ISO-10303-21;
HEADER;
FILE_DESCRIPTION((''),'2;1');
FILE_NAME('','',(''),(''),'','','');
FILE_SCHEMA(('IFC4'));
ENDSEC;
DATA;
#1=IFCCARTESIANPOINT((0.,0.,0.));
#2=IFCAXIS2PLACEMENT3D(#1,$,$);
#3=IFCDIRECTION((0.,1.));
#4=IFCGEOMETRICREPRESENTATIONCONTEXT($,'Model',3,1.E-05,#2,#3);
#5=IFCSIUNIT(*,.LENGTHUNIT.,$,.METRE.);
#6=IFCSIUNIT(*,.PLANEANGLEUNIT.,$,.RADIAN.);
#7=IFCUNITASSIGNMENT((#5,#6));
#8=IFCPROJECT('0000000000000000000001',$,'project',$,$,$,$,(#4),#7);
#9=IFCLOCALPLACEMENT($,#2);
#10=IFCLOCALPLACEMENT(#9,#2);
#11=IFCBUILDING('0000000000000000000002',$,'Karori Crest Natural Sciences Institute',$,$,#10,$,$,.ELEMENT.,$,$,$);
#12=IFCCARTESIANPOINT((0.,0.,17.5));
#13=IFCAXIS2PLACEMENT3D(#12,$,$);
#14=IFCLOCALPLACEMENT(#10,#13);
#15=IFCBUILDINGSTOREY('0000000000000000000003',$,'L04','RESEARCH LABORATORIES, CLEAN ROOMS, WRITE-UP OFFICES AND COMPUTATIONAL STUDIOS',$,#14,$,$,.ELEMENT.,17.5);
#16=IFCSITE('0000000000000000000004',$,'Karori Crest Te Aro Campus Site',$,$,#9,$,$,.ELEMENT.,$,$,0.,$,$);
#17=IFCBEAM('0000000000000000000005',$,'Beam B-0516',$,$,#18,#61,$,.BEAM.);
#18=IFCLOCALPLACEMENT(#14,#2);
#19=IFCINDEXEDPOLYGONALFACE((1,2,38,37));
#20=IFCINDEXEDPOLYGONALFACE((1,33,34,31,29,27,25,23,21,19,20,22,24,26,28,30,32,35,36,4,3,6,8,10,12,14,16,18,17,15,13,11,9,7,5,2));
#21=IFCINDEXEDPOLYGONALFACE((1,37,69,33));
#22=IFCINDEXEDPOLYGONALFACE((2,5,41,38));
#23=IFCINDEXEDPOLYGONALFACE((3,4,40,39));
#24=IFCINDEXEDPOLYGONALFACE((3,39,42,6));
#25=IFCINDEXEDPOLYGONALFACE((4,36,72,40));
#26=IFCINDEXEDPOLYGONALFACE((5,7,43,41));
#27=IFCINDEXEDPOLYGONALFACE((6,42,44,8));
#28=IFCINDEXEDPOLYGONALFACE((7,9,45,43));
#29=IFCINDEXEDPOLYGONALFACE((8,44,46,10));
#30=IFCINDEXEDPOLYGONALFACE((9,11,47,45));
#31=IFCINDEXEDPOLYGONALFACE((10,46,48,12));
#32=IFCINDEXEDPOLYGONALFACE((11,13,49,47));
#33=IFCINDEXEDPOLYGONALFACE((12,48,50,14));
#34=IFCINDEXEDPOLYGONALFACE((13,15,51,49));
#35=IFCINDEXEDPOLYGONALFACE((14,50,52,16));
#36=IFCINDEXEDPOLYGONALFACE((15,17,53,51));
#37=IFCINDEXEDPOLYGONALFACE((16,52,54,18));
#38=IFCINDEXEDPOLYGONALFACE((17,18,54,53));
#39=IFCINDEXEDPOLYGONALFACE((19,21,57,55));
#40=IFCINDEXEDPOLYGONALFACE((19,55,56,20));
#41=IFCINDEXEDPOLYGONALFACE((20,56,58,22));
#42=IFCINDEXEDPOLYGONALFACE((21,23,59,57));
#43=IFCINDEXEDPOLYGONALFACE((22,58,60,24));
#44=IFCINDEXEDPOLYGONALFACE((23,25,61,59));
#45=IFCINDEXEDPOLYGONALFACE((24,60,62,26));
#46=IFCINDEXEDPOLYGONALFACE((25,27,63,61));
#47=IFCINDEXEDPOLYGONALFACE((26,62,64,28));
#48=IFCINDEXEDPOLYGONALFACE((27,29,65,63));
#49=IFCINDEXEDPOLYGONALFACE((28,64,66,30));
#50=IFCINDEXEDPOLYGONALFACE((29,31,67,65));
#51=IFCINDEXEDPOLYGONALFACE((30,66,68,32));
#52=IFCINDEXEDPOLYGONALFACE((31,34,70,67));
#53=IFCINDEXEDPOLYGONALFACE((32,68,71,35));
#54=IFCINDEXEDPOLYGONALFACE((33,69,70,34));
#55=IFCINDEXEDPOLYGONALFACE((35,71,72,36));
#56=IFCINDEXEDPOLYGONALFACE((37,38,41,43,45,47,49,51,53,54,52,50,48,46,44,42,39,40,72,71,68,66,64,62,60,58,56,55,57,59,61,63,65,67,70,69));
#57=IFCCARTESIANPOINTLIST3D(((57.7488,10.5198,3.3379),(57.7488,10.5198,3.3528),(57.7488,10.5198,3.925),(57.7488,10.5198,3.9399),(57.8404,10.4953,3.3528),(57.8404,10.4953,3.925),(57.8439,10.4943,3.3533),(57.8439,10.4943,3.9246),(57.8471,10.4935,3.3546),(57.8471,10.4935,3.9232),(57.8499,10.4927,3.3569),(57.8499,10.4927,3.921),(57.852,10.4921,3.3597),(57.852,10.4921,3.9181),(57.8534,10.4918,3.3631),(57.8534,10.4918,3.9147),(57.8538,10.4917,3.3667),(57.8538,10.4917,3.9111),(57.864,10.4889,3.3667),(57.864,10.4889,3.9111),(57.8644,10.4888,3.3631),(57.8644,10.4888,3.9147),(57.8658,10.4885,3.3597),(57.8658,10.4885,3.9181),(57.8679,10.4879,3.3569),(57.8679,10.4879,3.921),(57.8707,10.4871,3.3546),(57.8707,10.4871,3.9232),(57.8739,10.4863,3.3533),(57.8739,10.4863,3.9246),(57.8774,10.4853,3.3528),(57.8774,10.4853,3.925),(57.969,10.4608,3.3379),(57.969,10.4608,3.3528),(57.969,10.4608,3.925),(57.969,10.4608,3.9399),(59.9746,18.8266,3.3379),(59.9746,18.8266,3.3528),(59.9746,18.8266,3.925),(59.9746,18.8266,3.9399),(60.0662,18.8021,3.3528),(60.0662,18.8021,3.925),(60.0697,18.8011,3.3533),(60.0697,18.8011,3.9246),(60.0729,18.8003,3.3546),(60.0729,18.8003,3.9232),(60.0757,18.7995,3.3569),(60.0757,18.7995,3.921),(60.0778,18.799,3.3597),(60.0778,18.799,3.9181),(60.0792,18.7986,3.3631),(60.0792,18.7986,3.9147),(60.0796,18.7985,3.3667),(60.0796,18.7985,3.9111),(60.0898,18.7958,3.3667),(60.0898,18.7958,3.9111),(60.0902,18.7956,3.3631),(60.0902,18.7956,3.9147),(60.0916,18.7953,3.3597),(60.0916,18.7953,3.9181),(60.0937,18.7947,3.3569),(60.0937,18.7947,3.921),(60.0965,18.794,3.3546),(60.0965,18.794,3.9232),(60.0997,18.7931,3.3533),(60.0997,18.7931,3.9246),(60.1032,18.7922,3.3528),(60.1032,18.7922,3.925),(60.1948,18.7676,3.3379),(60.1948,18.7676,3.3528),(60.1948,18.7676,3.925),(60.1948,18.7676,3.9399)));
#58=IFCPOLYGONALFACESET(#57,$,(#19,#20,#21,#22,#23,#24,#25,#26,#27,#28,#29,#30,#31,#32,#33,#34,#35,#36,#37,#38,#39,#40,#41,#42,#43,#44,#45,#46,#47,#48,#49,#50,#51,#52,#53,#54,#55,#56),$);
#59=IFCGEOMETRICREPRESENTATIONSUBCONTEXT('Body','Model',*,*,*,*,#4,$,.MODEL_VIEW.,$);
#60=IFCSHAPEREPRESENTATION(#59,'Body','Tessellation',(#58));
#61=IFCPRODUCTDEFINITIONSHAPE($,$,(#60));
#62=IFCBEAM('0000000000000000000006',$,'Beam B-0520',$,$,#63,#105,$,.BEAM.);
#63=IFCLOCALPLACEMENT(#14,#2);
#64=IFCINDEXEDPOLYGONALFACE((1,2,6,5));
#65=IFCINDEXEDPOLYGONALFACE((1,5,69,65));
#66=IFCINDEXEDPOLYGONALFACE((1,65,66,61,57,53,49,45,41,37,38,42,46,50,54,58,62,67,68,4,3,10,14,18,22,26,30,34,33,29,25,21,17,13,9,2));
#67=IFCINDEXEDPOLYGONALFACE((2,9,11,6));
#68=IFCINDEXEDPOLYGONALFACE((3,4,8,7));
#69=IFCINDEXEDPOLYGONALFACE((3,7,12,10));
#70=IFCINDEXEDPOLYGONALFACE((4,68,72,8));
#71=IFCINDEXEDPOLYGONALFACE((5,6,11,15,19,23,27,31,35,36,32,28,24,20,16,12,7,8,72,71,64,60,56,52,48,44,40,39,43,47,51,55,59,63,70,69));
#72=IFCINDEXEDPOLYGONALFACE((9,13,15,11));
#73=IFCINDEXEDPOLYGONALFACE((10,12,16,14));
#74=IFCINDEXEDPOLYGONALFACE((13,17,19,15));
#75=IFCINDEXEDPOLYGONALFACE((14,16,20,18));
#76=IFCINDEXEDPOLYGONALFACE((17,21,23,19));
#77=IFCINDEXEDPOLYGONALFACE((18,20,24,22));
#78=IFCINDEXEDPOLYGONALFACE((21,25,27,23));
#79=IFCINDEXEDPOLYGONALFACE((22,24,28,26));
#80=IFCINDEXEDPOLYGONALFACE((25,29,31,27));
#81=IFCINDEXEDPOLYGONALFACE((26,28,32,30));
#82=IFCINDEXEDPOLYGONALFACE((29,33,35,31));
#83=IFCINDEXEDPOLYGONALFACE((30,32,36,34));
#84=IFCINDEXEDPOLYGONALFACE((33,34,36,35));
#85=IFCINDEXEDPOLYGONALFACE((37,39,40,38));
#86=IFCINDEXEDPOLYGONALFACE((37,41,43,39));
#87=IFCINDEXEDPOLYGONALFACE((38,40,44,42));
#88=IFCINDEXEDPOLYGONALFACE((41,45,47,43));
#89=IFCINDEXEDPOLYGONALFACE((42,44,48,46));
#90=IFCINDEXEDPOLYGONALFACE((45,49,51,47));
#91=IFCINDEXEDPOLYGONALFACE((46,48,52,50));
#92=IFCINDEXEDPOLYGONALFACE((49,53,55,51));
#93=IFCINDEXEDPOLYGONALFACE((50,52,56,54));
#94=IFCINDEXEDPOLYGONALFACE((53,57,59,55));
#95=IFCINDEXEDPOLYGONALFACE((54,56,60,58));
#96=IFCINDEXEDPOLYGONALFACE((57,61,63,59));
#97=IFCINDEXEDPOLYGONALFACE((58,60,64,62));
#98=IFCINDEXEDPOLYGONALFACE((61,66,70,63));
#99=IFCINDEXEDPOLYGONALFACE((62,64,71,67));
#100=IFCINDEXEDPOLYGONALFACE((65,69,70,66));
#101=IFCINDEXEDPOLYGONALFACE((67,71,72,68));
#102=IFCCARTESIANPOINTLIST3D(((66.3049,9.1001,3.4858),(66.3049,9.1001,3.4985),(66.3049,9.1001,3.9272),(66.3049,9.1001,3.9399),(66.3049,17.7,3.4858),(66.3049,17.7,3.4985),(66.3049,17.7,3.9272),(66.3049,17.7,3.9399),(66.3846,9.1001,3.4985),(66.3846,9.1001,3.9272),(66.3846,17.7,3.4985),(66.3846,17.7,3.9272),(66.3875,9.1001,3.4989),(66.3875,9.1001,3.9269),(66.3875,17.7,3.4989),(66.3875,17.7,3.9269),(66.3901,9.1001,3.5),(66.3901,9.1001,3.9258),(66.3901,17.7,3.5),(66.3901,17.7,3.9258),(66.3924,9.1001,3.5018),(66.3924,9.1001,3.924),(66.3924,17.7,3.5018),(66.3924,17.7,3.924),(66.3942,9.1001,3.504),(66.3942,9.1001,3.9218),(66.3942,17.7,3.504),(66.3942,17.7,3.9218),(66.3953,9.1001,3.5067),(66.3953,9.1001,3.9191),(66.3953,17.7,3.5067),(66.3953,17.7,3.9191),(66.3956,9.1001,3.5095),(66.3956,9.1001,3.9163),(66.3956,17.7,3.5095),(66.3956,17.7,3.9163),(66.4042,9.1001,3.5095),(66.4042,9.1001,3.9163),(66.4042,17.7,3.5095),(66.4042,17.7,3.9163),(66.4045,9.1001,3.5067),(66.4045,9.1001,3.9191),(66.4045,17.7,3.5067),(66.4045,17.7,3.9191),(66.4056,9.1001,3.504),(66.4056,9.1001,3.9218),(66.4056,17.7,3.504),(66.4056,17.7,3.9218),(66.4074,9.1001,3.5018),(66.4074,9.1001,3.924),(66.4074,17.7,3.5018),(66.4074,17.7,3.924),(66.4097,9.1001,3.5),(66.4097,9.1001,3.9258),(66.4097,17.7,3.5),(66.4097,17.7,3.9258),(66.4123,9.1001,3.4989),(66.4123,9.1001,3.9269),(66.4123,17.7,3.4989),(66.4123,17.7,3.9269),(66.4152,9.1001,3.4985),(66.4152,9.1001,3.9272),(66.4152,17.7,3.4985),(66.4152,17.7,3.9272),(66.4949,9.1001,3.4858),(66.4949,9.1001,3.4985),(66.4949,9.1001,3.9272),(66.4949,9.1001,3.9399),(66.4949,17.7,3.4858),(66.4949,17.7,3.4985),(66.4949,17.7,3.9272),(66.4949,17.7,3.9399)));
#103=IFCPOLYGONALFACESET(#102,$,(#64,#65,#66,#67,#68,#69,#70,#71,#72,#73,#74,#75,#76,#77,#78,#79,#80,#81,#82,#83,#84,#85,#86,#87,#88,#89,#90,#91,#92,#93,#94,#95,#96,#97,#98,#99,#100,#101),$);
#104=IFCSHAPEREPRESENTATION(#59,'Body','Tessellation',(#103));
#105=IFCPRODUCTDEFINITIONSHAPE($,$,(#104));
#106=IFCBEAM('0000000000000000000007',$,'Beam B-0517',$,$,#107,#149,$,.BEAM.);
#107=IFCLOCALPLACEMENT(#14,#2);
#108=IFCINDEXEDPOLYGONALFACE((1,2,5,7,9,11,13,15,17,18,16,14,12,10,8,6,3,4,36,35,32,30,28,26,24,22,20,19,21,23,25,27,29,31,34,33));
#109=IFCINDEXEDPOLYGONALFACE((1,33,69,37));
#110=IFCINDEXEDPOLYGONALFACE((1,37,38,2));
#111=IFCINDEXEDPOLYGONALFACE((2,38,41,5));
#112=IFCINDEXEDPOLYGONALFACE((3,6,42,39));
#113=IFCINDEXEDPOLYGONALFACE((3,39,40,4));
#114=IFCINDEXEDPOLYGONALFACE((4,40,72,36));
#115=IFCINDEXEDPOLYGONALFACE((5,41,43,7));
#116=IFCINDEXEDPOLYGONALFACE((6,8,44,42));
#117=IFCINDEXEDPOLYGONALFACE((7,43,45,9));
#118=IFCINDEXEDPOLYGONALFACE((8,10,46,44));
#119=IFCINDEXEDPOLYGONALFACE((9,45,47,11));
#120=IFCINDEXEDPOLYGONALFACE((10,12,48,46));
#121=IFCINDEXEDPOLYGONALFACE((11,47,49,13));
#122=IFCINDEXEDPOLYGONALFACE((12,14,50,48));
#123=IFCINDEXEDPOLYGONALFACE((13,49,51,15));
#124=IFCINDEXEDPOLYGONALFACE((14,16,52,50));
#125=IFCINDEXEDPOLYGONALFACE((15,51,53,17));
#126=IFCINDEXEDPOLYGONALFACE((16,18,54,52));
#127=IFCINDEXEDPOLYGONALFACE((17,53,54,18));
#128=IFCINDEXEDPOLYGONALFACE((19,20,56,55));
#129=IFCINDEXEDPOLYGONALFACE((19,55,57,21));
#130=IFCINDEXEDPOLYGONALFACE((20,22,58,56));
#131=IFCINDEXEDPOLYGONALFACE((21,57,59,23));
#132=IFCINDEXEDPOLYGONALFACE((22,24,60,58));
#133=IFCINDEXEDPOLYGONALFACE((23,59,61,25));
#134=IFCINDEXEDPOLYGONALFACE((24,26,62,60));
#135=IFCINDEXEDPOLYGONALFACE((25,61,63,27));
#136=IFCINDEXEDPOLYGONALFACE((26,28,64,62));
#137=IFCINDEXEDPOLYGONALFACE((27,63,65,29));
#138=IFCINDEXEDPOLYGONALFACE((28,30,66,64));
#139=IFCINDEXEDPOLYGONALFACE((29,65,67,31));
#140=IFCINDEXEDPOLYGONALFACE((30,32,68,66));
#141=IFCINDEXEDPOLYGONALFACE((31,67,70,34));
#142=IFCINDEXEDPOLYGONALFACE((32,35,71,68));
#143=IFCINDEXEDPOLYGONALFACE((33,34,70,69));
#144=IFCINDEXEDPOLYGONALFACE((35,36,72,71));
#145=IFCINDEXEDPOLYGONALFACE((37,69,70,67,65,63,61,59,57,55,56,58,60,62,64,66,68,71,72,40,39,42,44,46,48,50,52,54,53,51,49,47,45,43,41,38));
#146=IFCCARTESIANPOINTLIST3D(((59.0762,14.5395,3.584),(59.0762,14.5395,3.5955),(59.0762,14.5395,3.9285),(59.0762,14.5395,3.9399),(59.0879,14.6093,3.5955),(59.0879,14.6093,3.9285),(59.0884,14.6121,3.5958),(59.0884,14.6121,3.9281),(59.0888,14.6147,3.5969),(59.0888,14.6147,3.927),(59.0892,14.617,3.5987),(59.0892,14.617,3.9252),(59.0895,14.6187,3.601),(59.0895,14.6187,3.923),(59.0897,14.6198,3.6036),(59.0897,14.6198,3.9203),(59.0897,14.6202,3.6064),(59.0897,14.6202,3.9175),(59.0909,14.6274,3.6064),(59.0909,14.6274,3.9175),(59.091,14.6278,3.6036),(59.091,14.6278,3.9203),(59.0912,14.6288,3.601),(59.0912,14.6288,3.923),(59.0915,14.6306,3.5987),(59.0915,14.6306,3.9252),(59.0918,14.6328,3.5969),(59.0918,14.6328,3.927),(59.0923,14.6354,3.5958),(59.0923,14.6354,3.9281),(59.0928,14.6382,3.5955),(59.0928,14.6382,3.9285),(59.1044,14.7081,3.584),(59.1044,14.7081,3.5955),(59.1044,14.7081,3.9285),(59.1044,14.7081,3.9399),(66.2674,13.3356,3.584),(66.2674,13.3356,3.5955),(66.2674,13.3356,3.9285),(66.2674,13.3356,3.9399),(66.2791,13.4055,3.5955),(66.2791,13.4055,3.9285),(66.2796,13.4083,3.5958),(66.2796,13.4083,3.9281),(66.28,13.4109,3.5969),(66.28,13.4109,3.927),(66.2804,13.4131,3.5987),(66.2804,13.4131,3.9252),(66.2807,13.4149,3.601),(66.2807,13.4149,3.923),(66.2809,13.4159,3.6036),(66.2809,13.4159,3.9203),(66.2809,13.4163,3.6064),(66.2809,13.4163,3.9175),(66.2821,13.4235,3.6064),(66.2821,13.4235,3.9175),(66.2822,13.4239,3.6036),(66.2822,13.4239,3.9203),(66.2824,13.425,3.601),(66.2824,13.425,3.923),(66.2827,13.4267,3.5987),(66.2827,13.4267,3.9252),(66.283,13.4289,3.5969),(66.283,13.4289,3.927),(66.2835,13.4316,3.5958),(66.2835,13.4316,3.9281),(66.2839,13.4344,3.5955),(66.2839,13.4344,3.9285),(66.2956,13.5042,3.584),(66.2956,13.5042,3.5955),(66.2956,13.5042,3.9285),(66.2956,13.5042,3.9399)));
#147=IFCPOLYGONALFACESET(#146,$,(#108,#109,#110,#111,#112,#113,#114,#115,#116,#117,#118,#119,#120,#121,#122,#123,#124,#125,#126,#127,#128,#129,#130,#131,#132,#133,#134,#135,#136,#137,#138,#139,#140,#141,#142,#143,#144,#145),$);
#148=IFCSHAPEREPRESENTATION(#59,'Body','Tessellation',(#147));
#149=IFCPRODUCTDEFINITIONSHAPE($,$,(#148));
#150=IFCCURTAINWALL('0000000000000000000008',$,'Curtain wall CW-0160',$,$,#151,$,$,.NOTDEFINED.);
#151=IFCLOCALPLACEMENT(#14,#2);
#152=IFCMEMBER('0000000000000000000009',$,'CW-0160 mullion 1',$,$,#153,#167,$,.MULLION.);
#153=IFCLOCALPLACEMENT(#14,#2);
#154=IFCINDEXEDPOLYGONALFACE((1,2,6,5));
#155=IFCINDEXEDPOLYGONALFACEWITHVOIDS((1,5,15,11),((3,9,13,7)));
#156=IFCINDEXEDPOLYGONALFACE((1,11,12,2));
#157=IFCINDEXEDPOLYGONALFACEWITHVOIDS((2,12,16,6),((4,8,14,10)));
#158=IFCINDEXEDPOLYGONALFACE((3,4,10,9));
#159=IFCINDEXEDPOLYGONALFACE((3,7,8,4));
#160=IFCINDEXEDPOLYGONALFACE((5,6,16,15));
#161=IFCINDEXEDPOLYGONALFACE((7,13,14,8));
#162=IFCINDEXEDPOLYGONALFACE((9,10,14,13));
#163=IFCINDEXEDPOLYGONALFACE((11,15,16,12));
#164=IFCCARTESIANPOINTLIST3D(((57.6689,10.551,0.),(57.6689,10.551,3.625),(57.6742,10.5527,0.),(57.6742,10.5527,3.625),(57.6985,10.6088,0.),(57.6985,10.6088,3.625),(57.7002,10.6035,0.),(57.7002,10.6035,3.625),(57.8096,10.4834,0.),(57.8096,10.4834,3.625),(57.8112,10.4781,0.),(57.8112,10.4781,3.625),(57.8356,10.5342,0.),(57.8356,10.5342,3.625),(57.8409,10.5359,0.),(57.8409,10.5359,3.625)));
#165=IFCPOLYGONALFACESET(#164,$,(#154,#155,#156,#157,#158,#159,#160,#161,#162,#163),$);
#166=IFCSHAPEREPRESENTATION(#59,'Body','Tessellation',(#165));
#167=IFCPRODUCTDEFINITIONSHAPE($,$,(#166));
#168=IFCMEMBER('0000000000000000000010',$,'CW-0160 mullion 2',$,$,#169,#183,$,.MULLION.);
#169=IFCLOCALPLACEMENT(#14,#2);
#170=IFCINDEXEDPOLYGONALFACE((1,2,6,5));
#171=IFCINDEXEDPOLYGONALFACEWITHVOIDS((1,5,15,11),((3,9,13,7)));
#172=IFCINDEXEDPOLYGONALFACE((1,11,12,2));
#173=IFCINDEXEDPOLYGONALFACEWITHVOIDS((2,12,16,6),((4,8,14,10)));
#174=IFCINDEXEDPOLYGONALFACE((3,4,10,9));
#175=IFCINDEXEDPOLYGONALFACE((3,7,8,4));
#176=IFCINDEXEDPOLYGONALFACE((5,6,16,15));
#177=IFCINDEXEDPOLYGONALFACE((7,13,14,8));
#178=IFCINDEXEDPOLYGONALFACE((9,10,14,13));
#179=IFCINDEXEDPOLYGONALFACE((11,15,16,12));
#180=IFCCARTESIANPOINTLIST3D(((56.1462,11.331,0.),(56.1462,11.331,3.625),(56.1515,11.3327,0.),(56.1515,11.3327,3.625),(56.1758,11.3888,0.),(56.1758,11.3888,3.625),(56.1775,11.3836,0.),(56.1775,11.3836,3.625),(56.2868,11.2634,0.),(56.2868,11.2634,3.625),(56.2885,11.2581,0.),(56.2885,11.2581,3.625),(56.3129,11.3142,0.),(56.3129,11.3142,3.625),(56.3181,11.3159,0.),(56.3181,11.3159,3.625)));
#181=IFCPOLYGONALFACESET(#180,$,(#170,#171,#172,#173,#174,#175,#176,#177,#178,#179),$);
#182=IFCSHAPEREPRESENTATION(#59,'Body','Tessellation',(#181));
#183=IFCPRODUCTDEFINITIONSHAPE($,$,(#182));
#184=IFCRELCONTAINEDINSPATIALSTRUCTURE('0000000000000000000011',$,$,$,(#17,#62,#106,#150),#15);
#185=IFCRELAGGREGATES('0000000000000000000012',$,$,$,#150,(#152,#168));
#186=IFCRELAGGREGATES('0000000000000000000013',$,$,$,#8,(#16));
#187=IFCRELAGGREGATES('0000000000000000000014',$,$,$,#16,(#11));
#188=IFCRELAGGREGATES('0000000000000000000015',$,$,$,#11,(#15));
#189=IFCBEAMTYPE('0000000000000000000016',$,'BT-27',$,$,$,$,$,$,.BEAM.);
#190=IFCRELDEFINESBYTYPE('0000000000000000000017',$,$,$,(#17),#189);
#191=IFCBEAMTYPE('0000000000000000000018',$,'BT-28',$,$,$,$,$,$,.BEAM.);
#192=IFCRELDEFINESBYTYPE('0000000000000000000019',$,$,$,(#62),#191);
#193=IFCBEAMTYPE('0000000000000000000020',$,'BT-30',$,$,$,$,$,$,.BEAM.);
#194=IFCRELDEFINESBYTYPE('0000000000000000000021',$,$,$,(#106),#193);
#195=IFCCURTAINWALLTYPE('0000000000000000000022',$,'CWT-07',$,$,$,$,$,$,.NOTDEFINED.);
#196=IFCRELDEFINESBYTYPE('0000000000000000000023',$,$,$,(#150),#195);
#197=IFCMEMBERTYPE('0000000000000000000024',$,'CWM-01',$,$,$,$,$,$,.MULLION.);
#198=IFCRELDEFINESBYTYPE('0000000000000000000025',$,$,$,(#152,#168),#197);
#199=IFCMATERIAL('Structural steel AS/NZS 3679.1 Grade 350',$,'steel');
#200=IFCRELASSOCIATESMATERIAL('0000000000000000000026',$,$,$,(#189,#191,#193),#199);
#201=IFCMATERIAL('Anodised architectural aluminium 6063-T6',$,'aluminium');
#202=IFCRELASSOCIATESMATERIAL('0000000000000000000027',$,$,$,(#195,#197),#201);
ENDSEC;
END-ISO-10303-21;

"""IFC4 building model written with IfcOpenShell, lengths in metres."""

from ifc_helpers import new_model, si_unit, direction, frame, origin, origin_2d, place, context, subcontext, project, spatial, hollow_rectangle, i_section, extrude, material, material_profile, profile_set, type_object, element, aggregate, save


model = new_model("IFC4")

# Units and contexts
model_context = context("Model", 3, precision=1e-05, world=origin(), true_north=direction((0.0, 1.0)))
body_context = subcontext(model_context, "Body", "Model", "MODEL_VIEW")
ifc_project = project(units=[si_unit("LENGTHUNIT", "METRE"), si_unit("PLANEANGLEUNIT", "RADIAN")], contexts=[model_context])

# Site, building, storey
site_placement = place(None, origin())
site = spatial("IfcSite", under=ifc_project, at=site_placement, Name="Karori Crest Te Aro Campus Site", CompositionType="ELEMENT", RefElevation=0.0)
building_placement = place(site_placement, origin())
building = spatial("IfcBuilding", under=site, at=building_placement, Name="Karori Crest Natural Sciences Institute", CompositionType="ELEMENT")
storey_placement = place(building_placement, frame((0.0, 0.0, 17.5)))
storey = spatial("IfcBuildingStorey", under=building, at=storey_placement, Name="L04", Description="RESEARCH LABORATORIES, CLEAN ROOMS, WRITE-UP OFFICES AND COMPUTATIONAL STUDIOS", CompositionType="ELEMENT", Elevation=17.5)

# Shared definitions
ifc_material_1 = material(Name="Structural steel AS/NZS 3679.1 Grade 350", Category="steel")

# Beams
ifc_material_profile_1 = material_profile(ifc_material_1, i_section(OverallWidth=0.228, OverallDepth=0.6021, WebThickness=0.0105, FlangeThickness=0.0149, FilletRadius=0.0139, at=origin_2d()), Name="610UB101")
ifc_profile_set_1 = profile_set([ifc_material_profile_1], Name="Structural steel AS/NZS 3679.1 Grade 350")
beam_type_1 = type_object("IfcBeamType", Name="BT-27", PredefinedType="BEAM", material=ifc_profile_set_1)
beam_1_placement = place(storey_placement, frame((60.0847, 18.7971, 3.6389), z_axis=(-0.25882, -0.965926, 0.0), x_axis=(0.965926, -0.25882, 0.0)))
element("IfcBeam", 1, at=beam_1_placement, inside=storey, type_object=beam_type_1, Name="Beam B-0516", PredefinedType="BEAM", context=body_context, shape_type="SweptSolid", body=[
    extrude(i_section(OverallWidth=0.228, OverallDepth=0.6021, WebThickness=0.0105, FlangeThickness=0.0149, FilletRadius=0.0139, at=origin_2d()), origin(), (0.0, 0.0, 1.0), 8.5999),
])
ifc_material_profile_2 = material_profile(ifc_material_1, i_section(OverallWidth=0.1899, OverallDepth=0.4541, WebThickness=0.0085, FlangeThickness=0.0127, FilletRadius=0.011, at=origin_2d()), Name="460UB67.1")
ifc_profile_set_2 = profile_set([ifc_material_profile_2], Name="Structural steel AS/NZS 3679.1 Grade 350")
beam_type_2 = type_object("IfcBeamType", Name="BT-28", PredefinedType="BEAM", material=ifc_profile_set_2)
beam_2_placement = place(storey_placement, frame((66.3999, 17.7, 3.7129), z_axis=(0.0, -1.0, 0.0), x_axis=(1.0, 0.0, 0.0)))
element("IfcBeam", 2, at=beam_2_placement, inside=storey, type_object=beam_type_2, Name="Beam B-0520", PredefinedType="BEAM", context=body_context, shape_type="SweptSolid", body=[
    extrude(i_section(OverallWidth=0.1899, OverallDepth=0.4541, WebThickness=0.0085, FlangeThickness=0.0127, FilletRadius=0.011, at=origin_2d()), origin(), (0.0, 0.0, 1.0), 8.5999),
])
ifc_material_profile_3 = material_profile(ifc_material_1, i_section(OverallWidth=0.1709, OverallDepth=0.356, WebThickness=0.0073, FlangeThickness=0.0115, FilletRadius=0.011, at=origin_2d()), Name="360UB50.7")
ifc_profile_set_3 = profile_set([ifc_material_profile_3], Name="Structural steel AS/NZS 3679.1 Grade 350")
beam_type_3 = type_object("IfcBeamType", Name="BT-30", PredefinedType="BEAM", material=ifc_profile_set_3)
beam_3_placement = place(storey_placement, frame((59.0903, 14.6238, 3.762), z_axis=(0.986275, -0.16511, 0.0), x_axis=(0.16511, 0.986275, 0.0)))
element("IfcBeam", 3, at=beam_3_placement, inside=storey, type_object=beam_type_3, Name="Beam B-0517", PredefinedType="BEAM", context=body_context, shape_type="SweptSolid", body=[
    extrude(i_section(OverallWidth=0.1709, OverallDepth=0.356, WebThickness=0.0073, FlangeThickness=0.0115, FilletRadius=0.011, at=origin_2d()), origin(), (0.0, 0.0, 1.0), 7.2913),
])

# Curtain wall, members
ifc_material_2 = material(Name="Anodised architectural aluminium 6063-T6", Category="aluminium")
curtain_wall_type_1 = type_object("IfcCurtainWallType", Name="CWT-07", PredefinedType="NOTDEFINED", material=ifc_material_2)
curtain_wall_1_placement = place(storey_placement, origin())
curtain_wall_1 = element("IfcCurtainWall", 4, at=curtain_wall_1_placement, inside=storey, type_object=curtain_wall_type_1, Name="Curtain wall CW-0160", PredefinedType="NOTDEFINED")
ifc_material_profile_4 = material_profile(ifc_material_2, hollow_rectangle(XDim=0.0649, YDim=0.1599, WallThickness=0.0039, at=origin_2d()), Name="CWM160x65x4")
ifc_profile_set_4 = profile_set([ifc_material_profile_4], Name="Anodised architectural aluminium 6063-T6")
member_type_1 = type_object("IfcMemberType", Name="CWM-01", PredefinedType="MULLION", material=ifc_profile_set_4)
member_1_placement = place(storey_placement, frame((57.7549, 10.5435, 0.0), z_axis=(0.0, 0.0, 1.0), x_axis=(-0.455829, -0.890067, 0.0)))
member_1 = element("IfcMember", 5, at=member_1_placement, type_object=member_type_1, Name="CW-0160 mullion 1", PredefinedType="MULLION", context=body_context, shape_type="SweptSolid", body=[
    extrude(hollow_rectangle(XDim=0.0649, YDim=0.1599, WallThickness=0.0039, at=origin_2d()), origin(), (0.0, 0.0, 1.0), 3.625),
])
member_2_placement = place(storey_placement, frame((56.2322, 11.3235, 0.0), z_axis=(0.0, 0.0, 1.0), x_axis=(-0.455829, -0.890067, 0.0)))
member_2 = element("IfcMember", 6, at=member_2_placement, type_object=member_type_1, Name="CW-0160 mullion 2", PredefinedType="MULLION", context=body_context, shape_type="SweptSolid", body=[
    extrude(hollow_rectangle(XDim=0.0649, YDim=0.1599, WallThickness=0.0039, at=origin_2d()), origin(), (0.0, 0.0, 1.0), 3.625),
])

aggregate(curtain_wall_1, [member_1, member_2])

save(model, "model.ifc")
